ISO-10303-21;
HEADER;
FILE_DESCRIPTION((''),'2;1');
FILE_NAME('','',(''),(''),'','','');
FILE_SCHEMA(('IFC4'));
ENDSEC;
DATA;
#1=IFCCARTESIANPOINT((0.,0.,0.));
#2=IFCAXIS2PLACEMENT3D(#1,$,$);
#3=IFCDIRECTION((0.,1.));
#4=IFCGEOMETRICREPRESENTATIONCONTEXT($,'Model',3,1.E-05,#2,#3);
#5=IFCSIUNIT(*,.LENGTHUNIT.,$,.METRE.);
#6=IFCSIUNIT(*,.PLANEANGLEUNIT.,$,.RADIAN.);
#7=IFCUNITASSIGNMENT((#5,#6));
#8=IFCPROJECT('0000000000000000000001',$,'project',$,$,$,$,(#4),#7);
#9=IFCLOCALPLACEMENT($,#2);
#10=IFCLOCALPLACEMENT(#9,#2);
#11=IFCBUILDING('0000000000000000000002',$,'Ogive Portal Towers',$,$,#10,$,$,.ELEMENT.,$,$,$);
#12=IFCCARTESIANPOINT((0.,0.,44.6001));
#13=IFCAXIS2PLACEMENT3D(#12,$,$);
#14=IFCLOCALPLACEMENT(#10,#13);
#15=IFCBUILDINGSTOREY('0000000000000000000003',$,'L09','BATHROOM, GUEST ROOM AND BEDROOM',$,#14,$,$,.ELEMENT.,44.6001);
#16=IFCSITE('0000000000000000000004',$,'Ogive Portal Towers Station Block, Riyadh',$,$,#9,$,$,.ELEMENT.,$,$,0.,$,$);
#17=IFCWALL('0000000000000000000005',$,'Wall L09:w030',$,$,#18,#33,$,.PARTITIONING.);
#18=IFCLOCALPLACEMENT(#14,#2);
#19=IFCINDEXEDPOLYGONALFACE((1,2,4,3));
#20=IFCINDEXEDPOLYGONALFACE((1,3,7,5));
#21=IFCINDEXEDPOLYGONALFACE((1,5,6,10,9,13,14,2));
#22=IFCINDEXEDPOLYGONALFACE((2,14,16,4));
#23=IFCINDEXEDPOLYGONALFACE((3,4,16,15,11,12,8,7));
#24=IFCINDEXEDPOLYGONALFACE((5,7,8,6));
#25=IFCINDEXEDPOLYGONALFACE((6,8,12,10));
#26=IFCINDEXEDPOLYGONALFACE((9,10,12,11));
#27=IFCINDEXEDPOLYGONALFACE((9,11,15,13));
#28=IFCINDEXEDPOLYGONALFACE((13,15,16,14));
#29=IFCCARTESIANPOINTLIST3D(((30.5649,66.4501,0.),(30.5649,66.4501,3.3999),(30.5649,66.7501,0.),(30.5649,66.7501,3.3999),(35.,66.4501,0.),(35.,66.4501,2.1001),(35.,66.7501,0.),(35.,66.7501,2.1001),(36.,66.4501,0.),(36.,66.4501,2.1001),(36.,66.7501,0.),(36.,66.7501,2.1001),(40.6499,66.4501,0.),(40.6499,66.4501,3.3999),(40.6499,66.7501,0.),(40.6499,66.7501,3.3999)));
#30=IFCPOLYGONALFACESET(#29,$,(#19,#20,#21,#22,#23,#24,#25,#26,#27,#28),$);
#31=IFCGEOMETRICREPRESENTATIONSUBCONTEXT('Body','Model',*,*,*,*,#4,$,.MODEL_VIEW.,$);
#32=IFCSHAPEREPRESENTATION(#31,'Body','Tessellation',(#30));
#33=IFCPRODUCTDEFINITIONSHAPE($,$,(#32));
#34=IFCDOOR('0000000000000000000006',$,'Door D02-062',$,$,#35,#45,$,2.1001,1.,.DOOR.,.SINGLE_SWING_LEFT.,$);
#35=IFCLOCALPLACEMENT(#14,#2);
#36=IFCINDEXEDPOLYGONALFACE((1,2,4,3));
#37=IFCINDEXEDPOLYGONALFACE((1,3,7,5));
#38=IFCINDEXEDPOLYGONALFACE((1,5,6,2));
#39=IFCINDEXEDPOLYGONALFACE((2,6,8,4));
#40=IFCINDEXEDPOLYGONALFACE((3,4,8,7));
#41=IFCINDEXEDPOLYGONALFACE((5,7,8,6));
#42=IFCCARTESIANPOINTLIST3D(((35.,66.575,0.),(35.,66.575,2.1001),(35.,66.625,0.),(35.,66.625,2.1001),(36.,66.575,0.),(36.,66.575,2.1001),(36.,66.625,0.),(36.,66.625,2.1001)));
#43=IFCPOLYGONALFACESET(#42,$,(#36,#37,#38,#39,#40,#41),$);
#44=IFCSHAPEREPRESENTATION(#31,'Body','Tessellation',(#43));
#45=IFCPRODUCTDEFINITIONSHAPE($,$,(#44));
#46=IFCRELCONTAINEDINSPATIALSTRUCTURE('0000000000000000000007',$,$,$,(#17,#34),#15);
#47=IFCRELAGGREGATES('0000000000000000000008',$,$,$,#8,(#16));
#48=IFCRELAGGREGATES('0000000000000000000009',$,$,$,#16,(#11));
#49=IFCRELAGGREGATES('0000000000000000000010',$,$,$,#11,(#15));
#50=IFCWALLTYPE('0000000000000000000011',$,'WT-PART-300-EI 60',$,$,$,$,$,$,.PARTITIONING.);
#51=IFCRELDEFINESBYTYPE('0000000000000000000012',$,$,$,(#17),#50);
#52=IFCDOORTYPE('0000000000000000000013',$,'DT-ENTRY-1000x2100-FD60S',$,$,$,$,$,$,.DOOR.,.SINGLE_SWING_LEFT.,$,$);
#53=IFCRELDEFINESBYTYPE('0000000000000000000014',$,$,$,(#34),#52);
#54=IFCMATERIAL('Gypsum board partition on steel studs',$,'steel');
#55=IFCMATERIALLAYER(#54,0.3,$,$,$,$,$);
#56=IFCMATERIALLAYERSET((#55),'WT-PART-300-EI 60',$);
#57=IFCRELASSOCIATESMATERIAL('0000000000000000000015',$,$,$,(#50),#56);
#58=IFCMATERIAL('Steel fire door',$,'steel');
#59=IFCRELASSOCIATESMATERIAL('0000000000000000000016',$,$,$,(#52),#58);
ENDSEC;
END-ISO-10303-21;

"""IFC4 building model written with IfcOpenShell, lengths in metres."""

from ifc_helpers import new_model, si_unit, direction, frame, frame_2d, origin, place, context, subcontext, project, spatial, rectangle, extrude, material, layer, layer_set, type_object, element, fill, save


model = new_model("IFC4")

# Units and contexts
model_context = context("Model", 3, precision=1e-05, world=origin(), true_north=direction((0.0, 1.0)))
body_context = subcontext(model_context, "Body", "Model", "MODEL_VIEW")
ifc_project = project(units=[si_unit("LENGTHUNIT", "METRE"), si_unit("PLANEANGLEUNIT", "RADIAN")], contexts=[model_context])

# Site, building, storey
site_placement = place(None, origin())
site = spatial("IfcSite", under=ifc_project, at=site_placement, Name="Ogive Portal Towers Station Block, Riyadh", CompositionType="ELEMENT", RefElevation=0.0)
building_placement = place(site_placement, origin())
building = spatial("IfcBuilding", under=site, at=building_placement, Name="Ogive Portal Towers", CompositionType="ELEMENT")
storey_placement = place(building_placement, frame((0.0, 0.0, 44.6001)))
storey = spatial("IfcBuildingStorey", under=building, at=storey_placement, Name="L09", Description="BATHROOM, GUEST ROOM AND BEDROOM", CompositionType="ELEMENT", Elevation=44.6001)

# Wall, opening, door
ifc_material_1 = material(Name="Gypsum board partition on steel studs", Category="steel")
ifc_layer_1 = layer(ifc_material_1, 0.3)
ifc_layer_set_1 = layer_set([ifc_layer_1], Name="WT-PART-300-EI 60")
wall_type_1 = type_object("IfcWallType", Name="WT-PART-300-EI 60", PredefinedType="PARTITIONING", material=ifc_layer_set_1)
wall_1_placement = place(storey_placement, frame((30.5649, 66.6001, 0.0), z_axis=(0.0, 0.0, 1.0), x_axis=(1.0, 0.0, 0.0)))
wall_1 = element("IfcWall", 1, at=wall_1_placement, inside=storey, type_object=wall_type_1, Name="Wall L09:w030", PredefinedType="PARTITIONING", context=body_context, shape_type="SweptSolid", body=[
    extrude(rectangle(XDim=10.085, YDim=0.3, at=frame_2d((5.0425, 0.0))), origin(), (0.0, 0.0, 1.0), 3.3999),
])
opening_1_placement = place(wall_1_placement, frame((4.4351, 0.0, 0.0)))
opening_1 = element("IfcOpeningElement", 2, at=opening_1_placement, cuts=wall_1, PredefinedType="OPENING", context=body_context, shape_type="SweptSolid", body=[
    extrude(rectangle(XDim=1.0, YDim=2.1001, at=frame_2d((0.5, 1.05))), frame((0.0, 0.1602, 0.0), z_axis=(0.0, -1.0, 0.0), x_axis=(1.0, 0.0, 0.0)), (0.0, 0.0, 1.0), 0.3201),
])
ifc_material_2 = material(Name="Steel fire door", Category="steel")
door_type = type_object("IfcDoorType", Name="DT-ENTRY-1000x2100-FD60S", OperationType="SINGLE_SWING_LEFT", PredefinedType="DOOR", material=ifc_material_2)
door_placement = place(opening_1_placement, origin())
door = element("IfcDoor", 3, at=door_placement, inside=storey, type_object=door_type, Name="Door D02-062", OperationType="SINGLE_SWING_LEFT", OverallHeight=2.1001, OverallWidth=1.0, PredefinedType="DOOR", context=body_context, shape_type="SweptSolid", body=[
    extrude(rectangle(XDim=1.0, YDim=2.1001, at=frame_2d((0.5, 1.05))), frame((0.0, 0.0249, 0.0), z_axis=(0.0, -1.0, 0.0), x_axis=(1.0, 0.0, 0.0)), (0.0, 0.0, 1.0), 0.05),
])
fill(opening_1, door)

save(model, "model.ifc")
